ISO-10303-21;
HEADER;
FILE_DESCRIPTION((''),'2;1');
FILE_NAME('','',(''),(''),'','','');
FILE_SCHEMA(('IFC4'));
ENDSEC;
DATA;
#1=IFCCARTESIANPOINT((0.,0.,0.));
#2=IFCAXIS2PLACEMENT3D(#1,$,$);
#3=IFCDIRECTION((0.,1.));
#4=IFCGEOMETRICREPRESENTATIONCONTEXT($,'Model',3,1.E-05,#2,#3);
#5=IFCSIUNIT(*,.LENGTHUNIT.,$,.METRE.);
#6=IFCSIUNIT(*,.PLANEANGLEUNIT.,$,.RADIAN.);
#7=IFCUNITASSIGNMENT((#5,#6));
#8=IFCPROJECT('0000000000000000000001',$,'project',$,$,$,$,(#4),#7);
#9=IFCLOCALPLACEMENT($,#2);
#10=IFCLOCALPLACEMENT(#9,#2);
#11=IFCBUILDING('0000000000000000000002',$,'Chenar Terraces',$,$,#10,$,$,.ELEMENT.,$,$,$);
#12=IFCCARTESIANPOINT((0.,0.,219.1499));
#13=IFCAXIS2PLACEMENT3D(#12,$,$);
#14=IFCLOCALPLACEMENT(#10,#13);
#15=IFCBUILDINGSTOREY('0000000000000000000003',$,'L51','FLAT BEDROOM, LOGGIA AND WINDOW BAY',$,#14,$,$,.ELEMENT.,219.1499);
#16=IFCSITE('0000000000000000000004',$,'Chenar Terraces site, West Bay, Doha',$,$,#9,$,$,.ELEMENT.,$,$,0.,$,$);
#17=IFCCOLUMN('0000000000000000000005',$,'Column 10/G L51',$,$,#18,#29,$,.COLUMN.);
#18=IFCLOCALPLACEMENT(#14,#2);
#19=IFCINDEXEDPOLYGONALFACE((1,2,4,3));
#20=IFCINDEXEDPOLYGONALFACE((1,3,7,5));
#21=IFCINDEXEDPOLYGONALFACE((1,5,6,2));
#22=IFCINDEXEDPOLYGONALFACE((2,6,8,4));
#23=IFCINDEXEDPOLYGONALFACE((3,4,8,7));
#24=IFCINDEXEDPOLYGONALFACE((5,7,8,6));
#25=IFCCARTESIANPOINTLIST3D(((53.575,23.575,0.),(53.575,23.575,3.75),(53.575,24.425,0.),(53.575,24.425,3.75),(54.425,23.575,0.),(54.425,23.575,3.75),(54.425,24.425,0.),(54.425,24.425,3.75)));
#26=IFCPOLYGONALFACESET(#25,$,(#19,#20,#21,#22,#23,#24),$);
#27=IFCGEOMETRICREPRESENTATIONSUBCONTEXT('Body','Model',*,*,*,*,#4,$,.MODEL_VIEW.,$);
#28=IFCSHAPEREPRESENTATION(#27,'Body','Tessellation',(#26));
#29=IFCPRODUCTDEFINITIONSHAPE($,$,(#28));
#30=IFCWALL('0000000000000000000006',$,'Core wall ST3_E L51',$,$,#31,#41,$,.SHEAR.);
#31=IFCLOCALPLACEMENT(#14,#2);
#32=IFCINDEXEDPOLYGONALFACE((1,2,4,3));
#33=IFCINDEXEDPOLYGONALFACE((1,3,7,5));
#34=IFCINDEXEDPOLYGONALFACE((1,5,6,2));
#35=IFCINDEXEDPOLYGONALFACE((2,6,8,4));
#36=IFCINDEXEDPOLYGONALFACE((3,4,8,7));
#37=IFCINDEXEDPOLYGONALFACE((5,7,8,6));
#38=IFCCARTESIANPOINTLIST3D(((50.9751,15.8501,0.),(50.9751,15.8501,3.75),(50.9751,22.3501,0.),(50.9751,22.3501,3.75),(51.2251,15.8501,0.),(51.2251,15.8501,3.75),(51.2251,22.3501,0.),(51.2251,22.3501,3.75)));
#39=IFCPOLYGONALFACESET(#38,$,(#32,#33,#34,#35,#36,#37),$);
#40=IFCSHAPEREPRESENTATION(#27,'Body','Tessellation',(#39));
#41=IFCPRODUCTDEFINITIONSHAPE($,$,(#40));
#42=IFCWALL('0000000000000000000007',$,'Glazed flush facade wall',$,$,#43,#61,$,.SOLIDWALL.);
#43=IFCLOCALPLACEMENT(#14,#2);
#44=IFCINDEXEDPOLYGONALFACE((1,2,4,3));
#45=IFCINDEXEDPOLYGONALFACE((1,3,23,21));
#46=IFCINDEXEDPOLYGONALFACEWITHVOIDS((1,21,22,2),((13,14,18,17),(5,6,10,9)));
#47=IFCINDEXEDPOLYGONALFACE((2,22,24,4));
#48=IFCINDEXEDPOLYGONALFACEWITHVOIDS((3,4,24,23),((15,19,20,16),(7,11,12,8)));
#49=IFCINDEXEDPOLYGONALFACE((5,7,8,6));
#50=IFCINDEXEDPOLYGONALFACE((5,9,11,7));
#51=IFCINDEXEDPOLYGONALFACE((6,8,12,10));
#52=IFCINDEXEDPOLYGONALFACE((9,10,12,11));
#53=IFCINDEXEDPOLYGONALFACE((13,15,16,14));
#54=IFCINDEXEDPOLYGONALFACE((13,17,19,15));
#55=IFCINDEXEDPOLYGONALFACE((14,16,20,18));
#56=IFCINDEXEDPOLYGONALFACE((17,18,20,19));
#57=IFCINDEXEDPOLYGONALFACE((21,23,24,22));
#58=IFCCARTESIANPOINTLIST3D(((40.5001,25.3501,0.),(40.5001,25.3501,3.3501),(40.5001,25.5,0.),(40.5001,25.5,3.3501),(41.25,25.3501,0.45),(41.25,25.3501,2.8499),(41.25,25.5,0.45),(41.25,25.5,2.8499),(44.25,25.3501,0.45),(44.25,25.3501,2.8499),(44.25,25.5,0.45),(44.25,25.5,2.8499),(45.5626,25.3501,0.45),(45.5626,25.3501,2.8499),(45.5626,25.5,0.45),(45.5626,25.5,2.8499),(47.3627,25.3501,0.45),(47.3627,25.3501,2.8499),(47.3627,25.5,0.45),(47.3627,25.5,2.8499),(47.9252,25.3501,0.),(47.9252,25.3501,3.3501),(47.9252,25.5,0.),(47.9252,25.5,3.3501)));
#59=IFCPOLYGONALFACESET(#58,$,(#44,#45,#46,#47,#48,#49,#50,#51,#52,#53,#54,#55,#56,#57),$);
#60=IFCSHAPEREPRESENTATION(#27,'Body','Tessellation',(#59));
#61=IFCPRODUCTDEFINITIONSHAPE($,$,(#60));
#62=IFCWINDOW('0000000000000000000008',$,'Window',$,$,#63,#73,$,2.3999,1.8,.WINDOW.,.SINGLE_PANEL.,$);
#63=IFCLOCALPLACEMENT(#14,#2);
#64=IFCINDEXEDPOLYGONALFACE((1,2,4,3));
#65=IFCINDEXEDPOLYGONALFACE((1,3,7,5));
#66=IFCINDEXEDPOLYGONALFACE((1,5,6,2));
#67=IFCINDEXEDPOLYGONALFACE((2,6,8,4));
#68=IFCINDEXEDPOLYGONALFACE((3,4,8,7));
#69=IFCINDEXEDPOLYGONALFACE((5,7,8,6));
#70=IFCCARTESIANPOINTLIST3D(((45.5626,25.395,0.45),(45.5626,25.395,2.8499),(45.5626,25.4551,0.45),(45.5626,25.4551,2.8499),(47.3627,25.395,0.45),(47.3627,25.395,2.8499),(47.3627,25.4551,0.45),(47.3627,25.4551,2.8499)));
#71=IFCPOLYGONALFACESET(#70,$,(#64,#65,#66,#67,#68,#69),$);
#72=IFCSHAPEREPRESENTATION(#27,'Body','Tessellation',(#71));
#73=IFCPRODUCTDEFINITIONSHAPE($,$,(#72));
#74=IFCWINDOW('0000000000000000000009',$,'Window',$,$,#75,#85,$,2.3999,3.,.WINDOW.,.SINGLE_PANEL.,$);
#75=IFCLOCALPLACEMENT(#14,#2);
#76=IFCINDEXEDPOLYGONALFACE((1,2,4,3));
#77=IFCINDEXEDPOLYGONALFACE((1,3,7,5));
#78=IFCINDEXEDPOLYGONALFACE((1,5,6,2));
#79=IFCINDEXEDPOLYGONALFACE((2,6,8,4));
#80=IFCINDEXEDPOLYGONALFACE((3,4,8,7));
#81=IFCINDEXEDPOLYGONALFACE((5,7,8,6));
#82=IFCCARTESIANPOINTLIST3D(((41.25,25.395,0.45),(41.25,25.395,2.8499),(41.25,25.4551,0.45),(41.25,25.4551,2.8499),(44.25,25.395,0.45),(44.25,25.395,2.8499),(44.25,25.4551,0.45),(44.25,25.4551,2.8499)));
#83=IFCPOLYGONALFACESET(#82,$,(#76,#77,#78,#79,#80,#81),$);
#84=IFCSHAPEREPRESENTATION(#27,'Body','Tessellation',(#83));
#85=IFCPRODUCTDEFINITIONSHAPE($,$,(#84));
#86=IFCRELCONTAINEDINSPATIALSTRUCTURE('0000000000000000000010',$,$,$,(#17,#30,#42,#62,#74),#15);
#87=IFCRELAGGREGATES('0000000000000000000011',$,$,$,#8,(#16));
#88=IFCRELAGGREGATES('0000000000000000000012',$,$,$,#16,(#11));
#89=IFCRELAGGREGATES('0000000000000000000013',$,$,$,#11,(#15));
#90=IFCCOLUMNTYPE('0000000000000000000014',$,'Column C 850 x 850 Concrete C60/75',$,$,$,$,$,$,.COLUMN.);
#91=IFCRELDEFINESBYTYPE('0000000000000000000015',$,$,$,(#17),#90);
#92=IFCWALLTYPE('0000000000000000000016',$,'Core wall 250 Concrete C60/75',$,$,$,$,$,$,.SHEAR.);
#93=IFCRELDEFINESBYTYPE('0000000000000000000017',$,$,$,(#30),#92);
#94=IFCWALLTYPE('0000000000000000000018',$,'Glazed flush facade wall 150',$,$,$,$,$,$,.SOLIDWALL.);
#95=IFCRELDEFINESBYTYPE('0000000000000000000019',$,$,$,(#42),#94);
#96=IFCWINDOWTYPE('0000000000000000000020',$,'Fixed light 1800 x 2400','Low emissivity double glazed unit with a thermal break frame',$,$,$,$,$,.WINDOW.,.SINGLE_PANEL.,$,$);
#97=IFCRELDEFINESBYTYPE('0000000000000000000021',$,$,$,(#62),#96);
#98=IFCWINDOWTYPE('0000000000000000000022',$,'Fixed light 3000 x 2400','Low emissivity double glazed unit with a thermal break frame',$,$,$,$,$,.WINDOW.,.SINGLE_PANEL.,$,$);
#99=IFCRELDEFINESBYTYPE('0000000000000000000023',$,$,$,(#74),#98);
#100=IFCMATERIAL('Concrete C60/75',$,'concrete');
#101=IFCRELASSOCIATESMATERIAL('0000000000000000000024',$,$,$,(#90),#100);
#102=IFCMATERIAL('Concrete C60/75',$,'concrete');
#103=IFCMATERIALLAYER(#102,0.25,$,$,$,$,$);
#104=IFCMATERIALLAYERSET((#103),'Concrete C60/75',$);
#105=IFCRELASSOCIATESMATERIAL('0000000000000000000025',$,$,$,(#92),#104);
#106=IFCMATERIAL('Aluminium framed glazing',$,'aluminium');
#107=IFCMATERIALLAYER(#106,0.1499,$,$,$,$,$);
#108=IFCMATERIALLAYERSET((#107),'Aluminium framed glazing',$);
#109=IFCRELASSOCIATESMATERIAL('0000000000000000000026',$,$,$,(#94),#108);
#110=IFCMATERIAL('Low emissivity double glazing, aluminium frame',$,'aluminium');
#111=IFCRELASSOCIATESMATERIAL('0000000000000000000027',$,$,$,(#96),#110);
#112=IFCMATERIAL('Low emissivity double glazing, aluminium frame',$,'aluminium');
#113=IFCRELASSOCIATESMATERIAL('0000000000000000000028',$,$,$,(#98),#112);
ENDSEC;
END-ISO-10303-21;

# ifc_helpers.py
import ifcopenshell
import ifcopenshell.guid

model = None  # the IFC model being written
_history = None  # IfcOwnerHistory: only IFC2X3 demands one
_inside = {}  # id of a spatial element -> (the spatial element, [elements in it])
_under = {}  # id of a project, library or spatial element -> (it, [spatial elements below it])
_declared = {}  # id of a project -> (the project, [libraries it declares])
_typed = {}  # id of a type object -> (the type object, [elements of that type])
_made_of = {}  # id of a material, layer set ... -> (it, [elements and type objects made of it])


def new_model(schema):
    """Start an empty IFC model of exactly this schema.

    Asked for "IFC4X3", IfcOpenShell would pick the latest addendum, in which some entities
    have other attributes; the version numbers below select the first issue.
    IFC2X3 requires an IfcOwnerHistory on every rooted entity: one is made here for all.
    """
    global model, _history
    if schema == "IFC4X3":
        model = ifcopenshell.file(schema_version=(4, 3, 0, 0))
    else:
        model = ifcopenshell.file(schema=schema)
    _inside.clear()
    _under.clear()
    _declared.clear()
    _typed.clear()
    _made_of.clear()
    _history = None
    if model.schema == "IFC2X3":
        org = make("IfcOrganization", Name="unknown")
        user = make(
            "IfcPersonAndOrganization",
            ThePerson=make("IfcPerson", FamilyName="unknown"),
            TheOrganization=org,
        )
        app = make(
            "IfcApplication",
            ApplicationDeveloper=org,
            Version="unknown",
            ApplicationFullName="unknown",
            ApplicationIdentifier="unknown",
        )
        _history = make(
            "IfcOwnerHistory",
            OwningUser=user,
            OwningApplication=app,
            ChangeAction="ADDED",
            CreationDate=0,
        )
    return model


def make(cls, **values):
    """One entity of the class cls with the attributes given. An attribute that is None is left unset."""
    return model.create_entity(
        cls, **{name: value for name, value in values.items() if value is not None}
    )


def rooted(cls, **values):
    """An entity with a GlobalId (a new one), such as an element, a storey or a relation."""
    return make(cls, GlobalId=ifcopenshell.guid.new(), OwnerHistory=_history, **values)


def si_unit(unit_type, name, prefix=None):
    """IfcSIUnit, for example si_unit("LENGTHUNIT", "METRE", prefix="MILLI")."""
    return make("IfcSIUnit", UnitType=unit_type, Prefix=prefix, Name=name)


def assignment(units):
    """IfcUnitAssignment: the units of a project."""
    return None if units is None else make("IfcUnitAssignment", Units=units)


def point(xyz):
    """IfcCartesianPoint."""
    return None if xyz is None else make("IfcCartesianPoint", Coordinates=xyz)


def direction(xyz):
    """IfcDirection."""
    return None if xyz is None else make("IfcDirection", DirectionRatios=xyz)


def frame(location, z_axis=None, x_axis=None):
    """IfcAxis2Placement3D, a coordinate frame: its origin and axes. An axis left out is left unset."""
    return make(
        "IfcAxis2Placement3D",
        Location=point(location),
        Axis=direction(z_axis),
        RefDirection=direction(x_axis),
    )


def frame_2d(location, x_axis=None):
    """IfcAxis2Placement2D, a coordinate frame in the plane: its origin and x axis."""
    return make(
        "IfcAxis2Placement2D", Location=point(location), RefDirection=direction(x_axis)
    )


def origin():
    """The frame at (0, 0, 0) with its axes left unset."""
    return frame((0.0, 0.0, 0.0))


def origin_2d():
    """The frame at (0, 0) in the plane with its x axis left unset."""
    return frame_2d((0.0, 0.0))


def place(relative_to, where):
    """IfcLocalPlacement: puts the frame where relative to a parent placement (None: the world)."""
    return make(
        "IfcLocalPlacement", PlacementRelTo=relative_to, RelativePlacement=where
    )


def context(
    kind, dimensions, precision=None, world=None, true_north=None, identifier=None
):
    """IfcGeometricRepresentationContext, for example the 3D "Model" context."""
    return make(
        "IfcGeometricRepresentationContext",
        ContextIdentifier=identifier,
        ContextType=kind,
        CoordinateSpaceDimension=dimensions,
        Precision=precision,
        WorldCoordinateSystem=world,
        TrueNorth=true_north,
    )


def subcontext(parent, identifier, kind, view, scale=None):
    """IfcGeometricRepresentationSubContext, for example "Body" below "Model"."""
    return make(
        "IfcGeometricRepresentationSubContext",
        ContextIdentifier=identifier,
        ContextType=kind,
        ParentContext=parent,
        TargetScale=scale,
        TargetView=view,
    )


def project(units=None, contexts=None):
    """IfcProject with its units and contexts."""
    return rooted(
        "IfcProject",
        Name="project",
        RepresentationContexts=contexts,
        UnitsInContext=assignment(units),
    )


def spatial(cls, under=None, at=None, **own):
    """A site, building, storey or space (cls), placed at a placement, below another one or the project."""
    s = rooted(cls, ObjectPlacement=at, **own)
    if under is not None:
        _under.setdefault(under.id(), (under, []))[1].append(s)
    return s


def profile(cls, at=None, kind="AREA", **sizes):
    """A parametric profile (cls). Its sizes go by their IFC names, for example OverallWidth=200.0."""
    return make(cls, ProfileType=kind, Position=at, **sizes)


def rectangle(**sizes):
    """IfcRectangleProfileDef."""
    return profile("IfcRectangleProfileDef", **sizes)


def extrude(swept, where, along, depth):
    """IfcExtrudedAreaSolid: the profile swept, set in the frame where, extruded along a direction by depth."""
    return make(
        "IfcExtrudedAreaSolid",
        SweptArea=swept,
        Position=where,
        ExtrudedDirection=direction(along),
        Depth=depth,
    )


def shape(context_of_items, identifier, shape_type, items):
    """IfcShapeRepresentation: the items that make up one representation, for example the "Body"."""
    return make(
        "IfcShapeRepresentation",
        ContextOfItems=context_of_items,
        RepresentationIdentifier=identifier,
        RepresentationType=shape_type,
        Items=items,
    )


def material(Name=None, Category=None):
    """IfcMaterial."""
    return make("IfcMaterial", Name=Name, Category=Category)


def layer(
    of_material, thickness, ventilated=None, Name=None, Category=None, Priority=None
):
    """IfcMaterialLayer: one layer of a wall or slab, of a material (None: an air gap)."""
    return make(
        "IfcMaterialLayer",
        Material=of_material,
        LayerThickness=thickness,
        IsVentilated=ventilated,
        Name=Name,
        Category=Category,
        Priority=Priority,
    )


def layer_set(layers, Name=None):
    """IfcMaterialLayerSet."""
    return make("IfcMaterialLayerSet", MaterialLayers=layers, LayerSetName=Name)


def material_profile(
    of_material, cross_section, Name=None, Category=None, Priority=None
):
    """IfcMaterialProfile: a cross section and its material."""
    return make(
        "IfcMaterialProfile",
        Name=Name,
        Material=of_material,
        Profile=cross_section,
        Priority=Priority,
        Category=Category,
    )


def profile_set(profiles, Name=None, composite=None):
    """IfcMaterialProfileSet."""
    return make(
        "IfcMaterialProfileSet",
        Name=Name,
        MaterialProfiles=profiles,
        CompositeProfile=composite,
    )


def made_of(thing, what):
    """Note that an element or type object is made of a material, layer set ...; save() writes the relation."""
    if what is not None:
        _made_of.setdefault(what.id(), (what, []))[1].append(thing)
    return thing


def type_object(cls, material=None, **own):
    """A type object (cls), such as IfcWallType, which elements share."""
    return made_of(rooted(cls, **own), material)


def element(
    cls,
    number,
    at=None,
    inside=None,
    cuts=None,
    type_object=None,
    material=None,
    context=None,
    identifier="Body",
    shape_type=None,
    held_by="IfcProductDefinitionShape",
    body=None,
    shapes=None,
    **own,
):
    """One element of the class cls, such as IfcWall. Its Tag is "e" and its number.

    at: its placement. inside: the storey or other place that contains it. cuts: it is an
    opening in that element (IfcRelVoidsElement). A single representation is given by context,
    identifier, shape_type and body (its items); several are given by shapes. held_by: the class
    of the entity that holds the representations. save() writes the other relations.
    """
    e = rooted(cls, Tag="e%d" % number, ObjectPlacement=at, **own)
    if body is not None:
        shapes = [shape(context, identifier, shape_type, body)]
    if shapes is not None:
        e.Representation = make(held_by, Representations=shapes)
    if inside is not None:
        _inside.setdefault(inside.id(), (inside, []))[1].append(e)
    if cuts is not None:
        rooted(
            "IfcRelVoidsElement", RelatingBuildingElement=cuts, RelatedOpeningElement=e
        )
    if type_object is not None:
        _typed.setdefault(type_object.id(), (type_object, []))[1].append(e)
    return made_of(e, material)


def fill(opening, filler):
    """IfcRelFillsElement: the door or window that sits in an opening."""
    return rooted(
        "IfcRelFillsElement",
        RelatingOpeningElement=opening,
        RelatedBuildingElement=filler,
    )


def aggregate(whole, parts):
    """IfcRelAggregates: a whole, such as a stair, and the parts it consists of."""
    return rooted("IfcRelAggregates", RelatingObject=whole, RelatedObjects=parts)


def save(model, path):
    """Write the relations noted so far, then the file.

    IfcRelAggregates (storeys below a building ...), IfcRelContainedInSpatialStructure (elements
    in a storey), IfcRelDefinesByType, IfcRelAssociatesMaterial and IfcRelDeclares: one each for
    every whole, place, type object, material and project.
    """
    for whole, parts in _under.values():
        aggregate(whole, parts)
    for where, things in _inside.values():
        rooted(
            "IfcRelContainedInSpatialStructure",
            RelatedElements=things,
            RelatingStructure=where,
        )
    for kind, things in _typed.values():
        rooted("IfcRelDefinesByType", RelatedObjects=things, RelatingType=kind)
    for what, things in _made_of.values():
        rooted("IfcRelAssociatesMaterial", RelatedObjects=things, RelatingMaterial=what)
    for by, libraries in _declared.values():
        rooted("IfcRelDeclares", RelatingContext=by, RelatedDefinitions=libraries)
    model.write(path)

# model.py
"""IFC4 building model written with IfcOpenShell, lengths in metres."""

from ifc_helpers import new_model, si_unit, direction, frame, frame_2d, origin, origin_2d, place, context, subcontext, project, spatial, rectangle, extrude, material, layer, layer_set, material_profile, profile_set, type_object, element, fill, save


model = new_model("IFC4")

# Units and contexts
model_context = context("Model", 3, precision=1e-05, world=origin(), true_north=direction((0.0, 1.0)))
body_context = subcontext(model_context, "Body", "Model", "MODEL_VIEW")
ifc_project = project(units=[si_unit("LENGTHUNIT", "METRE"), si_unit("PLANEANGLEUNIT", "RADIAN")], contexts=[model_context])

# Site, building, storey
site_placement = place(None, origin())
site = spatial("IfcSite", under=ifc_project, at=site_placement, Name="Chenar Terraces site, West Bay, Doha", CompositionType="ELEMENT", RefElevation=0.0)
building_placement = place(site_placement, origin())
building = spatial("IfcBuilding", under=site, at=building_placement, Name="Chenar Terraces", CompositionType="ELEMENT")
storey_placement = place(building_placement, frame((0.0, 0.0, 219.1499)))
storey = spatial("IfcBuildingStorey", under=building, at=storey_placement, Name="L51", Description="FLAT BEDROOM, LOGGIA AND WINDOW BAY", CompositionType="ELEMENT", Elevation=219.1499)

# Column
ifc_material_1 = material(Name="Concrete C60/75", Category="concrete")
ifc_material_profile_1 = material_profile(ifc_material_1, rectangle(XDim=0.8501, YDim=0.8501, at=origin_2d()), Name="C 850 x 850")
ifc_profile_set_1 = profile_set([ifc_material_profile_1], Name="Concrete C60/75")
column_type = type_object("IfcColumnType", Name="Column C 850 x 850 Concrete C60/75", PredefinedType="COLUMN", material=ifc_profile_set_1)
column_placement = place(storey_placement, frame((54.0, 24.0, 0.0), z_axis=(0.0, 0.0, 1.0), x_axis=(1.0, 0.0, 0.0)))
element("IfcColumn", 1, at=column_placement, inside=storey, type_object=column_type, Name="Column 10/G L51", PredefinedType="COLUMN", context=body_context, shape_type="SweptSolid", body=[
    extrude(rectangle(XDim=0.8501, YDim=0.8501, at=origin_2d()), origin(), (0.0, 0.0, 1.0), 3.75),
])

# Wall
ifc_material_2 = material(Name="Concrete C60/75", Category="concrete")
ifc_layer_1 = layer(ifc_material_2, 0.25)
ifc_layer_set_1 = layer_set([ifc_layer_1], Name="Concrete C60/75")
wall_type_1 = type_object("IfcWallType", Name="Core wall 250 Concrete C60/75", PredefinedType="SHEAR", material=ifc_layer_set_1)
wall_1_placement = place(storey_placement, frame((51.1001, 15.8501, 0.0), z_axis=(0.0, 0.0, 1.0), x_axis=(0.0, 1.0, 0.0)))
element("IfcWall", 2, at=wall_1_placement, inside=storey, type_object=wall_type_1, Name="Core wall ST3_E L51", PredefinedType="SHEAR", context=body_context, shape_type="SweptSolid", body=[
    extrude(rectangle(XDim=6.5, YDim=0.25, at=frame_2d((3.25, 0.0))), origin(), (0.0, 0.0, 1.0), 3.75),
])

# Wall, openings, windows
ifc_material_3 = material(Name="Aluminium framed glazing", Category="aluminium")
ifc_layer_2 = layer(ifc_material_3, 0.1499)
ifc_layer_set_2 = layer_set([ifc_layer_2], Name="Aluminium framed glazing")
wall_type_2 = type_object("IfcWallType", Name="Glazed flush facade wall 150", PredefinedType="SOLIDWALL", material=ifc_layer_set_2)
wall_2_placement = place(storey_placement, frame((47.925, 25.425, 0.0), z_axis=(0.0, 0.0, 1.0), x_axis=(-1.0, 0.0, 0.0)))
wall_2 = element("IfcWall", 3, at=wall_2_placement, inside=storey, type_object=wall_type_2, Name="Glazed flush facade wall", PredefinedType="SOLIDWALL", context=body_context, shape_type="SweptSolid", body=[
    extrude(rectangle(XDim=7.425, YDim=0.1499, at=frame_2d((3.7124, 0.0))), origin(), (0.0, 0.0, 1.0), 3.3501),
])
opening_1_placement = place(wall_2_placement, frame((0.5625, 0.0, 0.45)))
opening_1 = element("IfcOpeningElement", 4, at=opening_1_placement, cuts=wall_2, PredefinedType="OPENING", context=body_context, shape_type="SweptSolid", body=[
    extrude(rectangle(XDim=1.8, YDim=2.3999, at=frame_2d((0.8999, 1.2))), frame((0.0, 0.085, 0.0), z_axis=(0.0, -1.0, 0.0), x_axis=(1.0, 0.0, 0.0)), (0.0, 0.0, 1.0), 0.1699),
])
opening_2_placement = place(wall_2_placement, frame((3.675, 0.0, 0.45)))
opening_2 = element("IfcOpeningElement", 5, at=opening_2_placement, cuts=wall_2, PredefinedType="OPENING", context=body_context, shape_type="SweptSolid", body=[
    extrude(rectangle(XDim=3.0, YDim=2.3999, at=frame_2d((1.5, 1.2))), frame((0.0, 0.085, 0.0), z_axis=(0.0, -1.0, 0.0), x_axis=(1.0, 0.0, 0.0)), (0.0, 0.0, 1.0), 0.1699),
])
ifc_material_4 = material(Name="Low emissivity double glazing, aluminium frame", Category="aluminium")
window_type_1 = type_object("IfcWindowType", Name="Fixed light 1800 x 2400", Description="Low emissivity double glazed unit with a thermal break frame", PartitioningType="SINGLE_PANEL", PredefinedType="WINDOW", material=ifc_material_4)
window_1_placement = place(opening_1_placement, origin())
window_1 = element("IfcWindow", 6, at=window_1_placement, inside=storey, type_object=window_type_1, Name="Window", OverallHeight=2.3999, OverallWidth=1.8, PartitioningType="SINGLE_PANEL", PredefinedType="WINDOW", context=body_context, shape_type="SweptSolid", body=[
    extrude(rectangle(XDim=1.8, YDim=2.3999, at=frame_2d((0.8999, 1.2))), frame((0.0, 0.03, 0.0), z_axis=(0.0, -1.0, 0.0), x_axis=(1.0, 0.0, 0.0)), (0.0, 0.0, 1.0), 0.0601),
])
fill(opening_1, window_1)
ifc_material_5 = material(Name="Low emissivity double glazing, aluminium frame", Category="aluminium")
window_type_2 = type_object("IfcWindowType", Name="Fixed light 3000 x 2400", Description="Low emissivity double glazed unit with a thermal break frame", PartitioningType="SINGLE_PANEL", PredefinedType="WINDOW", material=ifc_material_5)
window_2_placement = place(opening_2_placement, origin())
window_2 = element("IfcWindow", 7, at=window_2_placement, inside=storey, type_object=window_type_2, Name="Window", OverallHeight=2.3999, OverallWidth=3.0, PartitioningType="SINGLE_PANEL", PredefinedType="WINDOW", context=body_context, shape_type="SweptSolid", body=[
    extrude(rectangle(XDim=3.0, YDim=2.3999, at=frame_2d((1.5, 1.2))), frame((0.0, 0.03, 0.0), z_axis=(0.0, -1.0, 0.0), x_axis=(1.0, 0.0, 0.0)), (0.0, 0.0, 1.0), 0.0601),
])
fill(opening_2, window_2)

save(model, "model.ifc")
